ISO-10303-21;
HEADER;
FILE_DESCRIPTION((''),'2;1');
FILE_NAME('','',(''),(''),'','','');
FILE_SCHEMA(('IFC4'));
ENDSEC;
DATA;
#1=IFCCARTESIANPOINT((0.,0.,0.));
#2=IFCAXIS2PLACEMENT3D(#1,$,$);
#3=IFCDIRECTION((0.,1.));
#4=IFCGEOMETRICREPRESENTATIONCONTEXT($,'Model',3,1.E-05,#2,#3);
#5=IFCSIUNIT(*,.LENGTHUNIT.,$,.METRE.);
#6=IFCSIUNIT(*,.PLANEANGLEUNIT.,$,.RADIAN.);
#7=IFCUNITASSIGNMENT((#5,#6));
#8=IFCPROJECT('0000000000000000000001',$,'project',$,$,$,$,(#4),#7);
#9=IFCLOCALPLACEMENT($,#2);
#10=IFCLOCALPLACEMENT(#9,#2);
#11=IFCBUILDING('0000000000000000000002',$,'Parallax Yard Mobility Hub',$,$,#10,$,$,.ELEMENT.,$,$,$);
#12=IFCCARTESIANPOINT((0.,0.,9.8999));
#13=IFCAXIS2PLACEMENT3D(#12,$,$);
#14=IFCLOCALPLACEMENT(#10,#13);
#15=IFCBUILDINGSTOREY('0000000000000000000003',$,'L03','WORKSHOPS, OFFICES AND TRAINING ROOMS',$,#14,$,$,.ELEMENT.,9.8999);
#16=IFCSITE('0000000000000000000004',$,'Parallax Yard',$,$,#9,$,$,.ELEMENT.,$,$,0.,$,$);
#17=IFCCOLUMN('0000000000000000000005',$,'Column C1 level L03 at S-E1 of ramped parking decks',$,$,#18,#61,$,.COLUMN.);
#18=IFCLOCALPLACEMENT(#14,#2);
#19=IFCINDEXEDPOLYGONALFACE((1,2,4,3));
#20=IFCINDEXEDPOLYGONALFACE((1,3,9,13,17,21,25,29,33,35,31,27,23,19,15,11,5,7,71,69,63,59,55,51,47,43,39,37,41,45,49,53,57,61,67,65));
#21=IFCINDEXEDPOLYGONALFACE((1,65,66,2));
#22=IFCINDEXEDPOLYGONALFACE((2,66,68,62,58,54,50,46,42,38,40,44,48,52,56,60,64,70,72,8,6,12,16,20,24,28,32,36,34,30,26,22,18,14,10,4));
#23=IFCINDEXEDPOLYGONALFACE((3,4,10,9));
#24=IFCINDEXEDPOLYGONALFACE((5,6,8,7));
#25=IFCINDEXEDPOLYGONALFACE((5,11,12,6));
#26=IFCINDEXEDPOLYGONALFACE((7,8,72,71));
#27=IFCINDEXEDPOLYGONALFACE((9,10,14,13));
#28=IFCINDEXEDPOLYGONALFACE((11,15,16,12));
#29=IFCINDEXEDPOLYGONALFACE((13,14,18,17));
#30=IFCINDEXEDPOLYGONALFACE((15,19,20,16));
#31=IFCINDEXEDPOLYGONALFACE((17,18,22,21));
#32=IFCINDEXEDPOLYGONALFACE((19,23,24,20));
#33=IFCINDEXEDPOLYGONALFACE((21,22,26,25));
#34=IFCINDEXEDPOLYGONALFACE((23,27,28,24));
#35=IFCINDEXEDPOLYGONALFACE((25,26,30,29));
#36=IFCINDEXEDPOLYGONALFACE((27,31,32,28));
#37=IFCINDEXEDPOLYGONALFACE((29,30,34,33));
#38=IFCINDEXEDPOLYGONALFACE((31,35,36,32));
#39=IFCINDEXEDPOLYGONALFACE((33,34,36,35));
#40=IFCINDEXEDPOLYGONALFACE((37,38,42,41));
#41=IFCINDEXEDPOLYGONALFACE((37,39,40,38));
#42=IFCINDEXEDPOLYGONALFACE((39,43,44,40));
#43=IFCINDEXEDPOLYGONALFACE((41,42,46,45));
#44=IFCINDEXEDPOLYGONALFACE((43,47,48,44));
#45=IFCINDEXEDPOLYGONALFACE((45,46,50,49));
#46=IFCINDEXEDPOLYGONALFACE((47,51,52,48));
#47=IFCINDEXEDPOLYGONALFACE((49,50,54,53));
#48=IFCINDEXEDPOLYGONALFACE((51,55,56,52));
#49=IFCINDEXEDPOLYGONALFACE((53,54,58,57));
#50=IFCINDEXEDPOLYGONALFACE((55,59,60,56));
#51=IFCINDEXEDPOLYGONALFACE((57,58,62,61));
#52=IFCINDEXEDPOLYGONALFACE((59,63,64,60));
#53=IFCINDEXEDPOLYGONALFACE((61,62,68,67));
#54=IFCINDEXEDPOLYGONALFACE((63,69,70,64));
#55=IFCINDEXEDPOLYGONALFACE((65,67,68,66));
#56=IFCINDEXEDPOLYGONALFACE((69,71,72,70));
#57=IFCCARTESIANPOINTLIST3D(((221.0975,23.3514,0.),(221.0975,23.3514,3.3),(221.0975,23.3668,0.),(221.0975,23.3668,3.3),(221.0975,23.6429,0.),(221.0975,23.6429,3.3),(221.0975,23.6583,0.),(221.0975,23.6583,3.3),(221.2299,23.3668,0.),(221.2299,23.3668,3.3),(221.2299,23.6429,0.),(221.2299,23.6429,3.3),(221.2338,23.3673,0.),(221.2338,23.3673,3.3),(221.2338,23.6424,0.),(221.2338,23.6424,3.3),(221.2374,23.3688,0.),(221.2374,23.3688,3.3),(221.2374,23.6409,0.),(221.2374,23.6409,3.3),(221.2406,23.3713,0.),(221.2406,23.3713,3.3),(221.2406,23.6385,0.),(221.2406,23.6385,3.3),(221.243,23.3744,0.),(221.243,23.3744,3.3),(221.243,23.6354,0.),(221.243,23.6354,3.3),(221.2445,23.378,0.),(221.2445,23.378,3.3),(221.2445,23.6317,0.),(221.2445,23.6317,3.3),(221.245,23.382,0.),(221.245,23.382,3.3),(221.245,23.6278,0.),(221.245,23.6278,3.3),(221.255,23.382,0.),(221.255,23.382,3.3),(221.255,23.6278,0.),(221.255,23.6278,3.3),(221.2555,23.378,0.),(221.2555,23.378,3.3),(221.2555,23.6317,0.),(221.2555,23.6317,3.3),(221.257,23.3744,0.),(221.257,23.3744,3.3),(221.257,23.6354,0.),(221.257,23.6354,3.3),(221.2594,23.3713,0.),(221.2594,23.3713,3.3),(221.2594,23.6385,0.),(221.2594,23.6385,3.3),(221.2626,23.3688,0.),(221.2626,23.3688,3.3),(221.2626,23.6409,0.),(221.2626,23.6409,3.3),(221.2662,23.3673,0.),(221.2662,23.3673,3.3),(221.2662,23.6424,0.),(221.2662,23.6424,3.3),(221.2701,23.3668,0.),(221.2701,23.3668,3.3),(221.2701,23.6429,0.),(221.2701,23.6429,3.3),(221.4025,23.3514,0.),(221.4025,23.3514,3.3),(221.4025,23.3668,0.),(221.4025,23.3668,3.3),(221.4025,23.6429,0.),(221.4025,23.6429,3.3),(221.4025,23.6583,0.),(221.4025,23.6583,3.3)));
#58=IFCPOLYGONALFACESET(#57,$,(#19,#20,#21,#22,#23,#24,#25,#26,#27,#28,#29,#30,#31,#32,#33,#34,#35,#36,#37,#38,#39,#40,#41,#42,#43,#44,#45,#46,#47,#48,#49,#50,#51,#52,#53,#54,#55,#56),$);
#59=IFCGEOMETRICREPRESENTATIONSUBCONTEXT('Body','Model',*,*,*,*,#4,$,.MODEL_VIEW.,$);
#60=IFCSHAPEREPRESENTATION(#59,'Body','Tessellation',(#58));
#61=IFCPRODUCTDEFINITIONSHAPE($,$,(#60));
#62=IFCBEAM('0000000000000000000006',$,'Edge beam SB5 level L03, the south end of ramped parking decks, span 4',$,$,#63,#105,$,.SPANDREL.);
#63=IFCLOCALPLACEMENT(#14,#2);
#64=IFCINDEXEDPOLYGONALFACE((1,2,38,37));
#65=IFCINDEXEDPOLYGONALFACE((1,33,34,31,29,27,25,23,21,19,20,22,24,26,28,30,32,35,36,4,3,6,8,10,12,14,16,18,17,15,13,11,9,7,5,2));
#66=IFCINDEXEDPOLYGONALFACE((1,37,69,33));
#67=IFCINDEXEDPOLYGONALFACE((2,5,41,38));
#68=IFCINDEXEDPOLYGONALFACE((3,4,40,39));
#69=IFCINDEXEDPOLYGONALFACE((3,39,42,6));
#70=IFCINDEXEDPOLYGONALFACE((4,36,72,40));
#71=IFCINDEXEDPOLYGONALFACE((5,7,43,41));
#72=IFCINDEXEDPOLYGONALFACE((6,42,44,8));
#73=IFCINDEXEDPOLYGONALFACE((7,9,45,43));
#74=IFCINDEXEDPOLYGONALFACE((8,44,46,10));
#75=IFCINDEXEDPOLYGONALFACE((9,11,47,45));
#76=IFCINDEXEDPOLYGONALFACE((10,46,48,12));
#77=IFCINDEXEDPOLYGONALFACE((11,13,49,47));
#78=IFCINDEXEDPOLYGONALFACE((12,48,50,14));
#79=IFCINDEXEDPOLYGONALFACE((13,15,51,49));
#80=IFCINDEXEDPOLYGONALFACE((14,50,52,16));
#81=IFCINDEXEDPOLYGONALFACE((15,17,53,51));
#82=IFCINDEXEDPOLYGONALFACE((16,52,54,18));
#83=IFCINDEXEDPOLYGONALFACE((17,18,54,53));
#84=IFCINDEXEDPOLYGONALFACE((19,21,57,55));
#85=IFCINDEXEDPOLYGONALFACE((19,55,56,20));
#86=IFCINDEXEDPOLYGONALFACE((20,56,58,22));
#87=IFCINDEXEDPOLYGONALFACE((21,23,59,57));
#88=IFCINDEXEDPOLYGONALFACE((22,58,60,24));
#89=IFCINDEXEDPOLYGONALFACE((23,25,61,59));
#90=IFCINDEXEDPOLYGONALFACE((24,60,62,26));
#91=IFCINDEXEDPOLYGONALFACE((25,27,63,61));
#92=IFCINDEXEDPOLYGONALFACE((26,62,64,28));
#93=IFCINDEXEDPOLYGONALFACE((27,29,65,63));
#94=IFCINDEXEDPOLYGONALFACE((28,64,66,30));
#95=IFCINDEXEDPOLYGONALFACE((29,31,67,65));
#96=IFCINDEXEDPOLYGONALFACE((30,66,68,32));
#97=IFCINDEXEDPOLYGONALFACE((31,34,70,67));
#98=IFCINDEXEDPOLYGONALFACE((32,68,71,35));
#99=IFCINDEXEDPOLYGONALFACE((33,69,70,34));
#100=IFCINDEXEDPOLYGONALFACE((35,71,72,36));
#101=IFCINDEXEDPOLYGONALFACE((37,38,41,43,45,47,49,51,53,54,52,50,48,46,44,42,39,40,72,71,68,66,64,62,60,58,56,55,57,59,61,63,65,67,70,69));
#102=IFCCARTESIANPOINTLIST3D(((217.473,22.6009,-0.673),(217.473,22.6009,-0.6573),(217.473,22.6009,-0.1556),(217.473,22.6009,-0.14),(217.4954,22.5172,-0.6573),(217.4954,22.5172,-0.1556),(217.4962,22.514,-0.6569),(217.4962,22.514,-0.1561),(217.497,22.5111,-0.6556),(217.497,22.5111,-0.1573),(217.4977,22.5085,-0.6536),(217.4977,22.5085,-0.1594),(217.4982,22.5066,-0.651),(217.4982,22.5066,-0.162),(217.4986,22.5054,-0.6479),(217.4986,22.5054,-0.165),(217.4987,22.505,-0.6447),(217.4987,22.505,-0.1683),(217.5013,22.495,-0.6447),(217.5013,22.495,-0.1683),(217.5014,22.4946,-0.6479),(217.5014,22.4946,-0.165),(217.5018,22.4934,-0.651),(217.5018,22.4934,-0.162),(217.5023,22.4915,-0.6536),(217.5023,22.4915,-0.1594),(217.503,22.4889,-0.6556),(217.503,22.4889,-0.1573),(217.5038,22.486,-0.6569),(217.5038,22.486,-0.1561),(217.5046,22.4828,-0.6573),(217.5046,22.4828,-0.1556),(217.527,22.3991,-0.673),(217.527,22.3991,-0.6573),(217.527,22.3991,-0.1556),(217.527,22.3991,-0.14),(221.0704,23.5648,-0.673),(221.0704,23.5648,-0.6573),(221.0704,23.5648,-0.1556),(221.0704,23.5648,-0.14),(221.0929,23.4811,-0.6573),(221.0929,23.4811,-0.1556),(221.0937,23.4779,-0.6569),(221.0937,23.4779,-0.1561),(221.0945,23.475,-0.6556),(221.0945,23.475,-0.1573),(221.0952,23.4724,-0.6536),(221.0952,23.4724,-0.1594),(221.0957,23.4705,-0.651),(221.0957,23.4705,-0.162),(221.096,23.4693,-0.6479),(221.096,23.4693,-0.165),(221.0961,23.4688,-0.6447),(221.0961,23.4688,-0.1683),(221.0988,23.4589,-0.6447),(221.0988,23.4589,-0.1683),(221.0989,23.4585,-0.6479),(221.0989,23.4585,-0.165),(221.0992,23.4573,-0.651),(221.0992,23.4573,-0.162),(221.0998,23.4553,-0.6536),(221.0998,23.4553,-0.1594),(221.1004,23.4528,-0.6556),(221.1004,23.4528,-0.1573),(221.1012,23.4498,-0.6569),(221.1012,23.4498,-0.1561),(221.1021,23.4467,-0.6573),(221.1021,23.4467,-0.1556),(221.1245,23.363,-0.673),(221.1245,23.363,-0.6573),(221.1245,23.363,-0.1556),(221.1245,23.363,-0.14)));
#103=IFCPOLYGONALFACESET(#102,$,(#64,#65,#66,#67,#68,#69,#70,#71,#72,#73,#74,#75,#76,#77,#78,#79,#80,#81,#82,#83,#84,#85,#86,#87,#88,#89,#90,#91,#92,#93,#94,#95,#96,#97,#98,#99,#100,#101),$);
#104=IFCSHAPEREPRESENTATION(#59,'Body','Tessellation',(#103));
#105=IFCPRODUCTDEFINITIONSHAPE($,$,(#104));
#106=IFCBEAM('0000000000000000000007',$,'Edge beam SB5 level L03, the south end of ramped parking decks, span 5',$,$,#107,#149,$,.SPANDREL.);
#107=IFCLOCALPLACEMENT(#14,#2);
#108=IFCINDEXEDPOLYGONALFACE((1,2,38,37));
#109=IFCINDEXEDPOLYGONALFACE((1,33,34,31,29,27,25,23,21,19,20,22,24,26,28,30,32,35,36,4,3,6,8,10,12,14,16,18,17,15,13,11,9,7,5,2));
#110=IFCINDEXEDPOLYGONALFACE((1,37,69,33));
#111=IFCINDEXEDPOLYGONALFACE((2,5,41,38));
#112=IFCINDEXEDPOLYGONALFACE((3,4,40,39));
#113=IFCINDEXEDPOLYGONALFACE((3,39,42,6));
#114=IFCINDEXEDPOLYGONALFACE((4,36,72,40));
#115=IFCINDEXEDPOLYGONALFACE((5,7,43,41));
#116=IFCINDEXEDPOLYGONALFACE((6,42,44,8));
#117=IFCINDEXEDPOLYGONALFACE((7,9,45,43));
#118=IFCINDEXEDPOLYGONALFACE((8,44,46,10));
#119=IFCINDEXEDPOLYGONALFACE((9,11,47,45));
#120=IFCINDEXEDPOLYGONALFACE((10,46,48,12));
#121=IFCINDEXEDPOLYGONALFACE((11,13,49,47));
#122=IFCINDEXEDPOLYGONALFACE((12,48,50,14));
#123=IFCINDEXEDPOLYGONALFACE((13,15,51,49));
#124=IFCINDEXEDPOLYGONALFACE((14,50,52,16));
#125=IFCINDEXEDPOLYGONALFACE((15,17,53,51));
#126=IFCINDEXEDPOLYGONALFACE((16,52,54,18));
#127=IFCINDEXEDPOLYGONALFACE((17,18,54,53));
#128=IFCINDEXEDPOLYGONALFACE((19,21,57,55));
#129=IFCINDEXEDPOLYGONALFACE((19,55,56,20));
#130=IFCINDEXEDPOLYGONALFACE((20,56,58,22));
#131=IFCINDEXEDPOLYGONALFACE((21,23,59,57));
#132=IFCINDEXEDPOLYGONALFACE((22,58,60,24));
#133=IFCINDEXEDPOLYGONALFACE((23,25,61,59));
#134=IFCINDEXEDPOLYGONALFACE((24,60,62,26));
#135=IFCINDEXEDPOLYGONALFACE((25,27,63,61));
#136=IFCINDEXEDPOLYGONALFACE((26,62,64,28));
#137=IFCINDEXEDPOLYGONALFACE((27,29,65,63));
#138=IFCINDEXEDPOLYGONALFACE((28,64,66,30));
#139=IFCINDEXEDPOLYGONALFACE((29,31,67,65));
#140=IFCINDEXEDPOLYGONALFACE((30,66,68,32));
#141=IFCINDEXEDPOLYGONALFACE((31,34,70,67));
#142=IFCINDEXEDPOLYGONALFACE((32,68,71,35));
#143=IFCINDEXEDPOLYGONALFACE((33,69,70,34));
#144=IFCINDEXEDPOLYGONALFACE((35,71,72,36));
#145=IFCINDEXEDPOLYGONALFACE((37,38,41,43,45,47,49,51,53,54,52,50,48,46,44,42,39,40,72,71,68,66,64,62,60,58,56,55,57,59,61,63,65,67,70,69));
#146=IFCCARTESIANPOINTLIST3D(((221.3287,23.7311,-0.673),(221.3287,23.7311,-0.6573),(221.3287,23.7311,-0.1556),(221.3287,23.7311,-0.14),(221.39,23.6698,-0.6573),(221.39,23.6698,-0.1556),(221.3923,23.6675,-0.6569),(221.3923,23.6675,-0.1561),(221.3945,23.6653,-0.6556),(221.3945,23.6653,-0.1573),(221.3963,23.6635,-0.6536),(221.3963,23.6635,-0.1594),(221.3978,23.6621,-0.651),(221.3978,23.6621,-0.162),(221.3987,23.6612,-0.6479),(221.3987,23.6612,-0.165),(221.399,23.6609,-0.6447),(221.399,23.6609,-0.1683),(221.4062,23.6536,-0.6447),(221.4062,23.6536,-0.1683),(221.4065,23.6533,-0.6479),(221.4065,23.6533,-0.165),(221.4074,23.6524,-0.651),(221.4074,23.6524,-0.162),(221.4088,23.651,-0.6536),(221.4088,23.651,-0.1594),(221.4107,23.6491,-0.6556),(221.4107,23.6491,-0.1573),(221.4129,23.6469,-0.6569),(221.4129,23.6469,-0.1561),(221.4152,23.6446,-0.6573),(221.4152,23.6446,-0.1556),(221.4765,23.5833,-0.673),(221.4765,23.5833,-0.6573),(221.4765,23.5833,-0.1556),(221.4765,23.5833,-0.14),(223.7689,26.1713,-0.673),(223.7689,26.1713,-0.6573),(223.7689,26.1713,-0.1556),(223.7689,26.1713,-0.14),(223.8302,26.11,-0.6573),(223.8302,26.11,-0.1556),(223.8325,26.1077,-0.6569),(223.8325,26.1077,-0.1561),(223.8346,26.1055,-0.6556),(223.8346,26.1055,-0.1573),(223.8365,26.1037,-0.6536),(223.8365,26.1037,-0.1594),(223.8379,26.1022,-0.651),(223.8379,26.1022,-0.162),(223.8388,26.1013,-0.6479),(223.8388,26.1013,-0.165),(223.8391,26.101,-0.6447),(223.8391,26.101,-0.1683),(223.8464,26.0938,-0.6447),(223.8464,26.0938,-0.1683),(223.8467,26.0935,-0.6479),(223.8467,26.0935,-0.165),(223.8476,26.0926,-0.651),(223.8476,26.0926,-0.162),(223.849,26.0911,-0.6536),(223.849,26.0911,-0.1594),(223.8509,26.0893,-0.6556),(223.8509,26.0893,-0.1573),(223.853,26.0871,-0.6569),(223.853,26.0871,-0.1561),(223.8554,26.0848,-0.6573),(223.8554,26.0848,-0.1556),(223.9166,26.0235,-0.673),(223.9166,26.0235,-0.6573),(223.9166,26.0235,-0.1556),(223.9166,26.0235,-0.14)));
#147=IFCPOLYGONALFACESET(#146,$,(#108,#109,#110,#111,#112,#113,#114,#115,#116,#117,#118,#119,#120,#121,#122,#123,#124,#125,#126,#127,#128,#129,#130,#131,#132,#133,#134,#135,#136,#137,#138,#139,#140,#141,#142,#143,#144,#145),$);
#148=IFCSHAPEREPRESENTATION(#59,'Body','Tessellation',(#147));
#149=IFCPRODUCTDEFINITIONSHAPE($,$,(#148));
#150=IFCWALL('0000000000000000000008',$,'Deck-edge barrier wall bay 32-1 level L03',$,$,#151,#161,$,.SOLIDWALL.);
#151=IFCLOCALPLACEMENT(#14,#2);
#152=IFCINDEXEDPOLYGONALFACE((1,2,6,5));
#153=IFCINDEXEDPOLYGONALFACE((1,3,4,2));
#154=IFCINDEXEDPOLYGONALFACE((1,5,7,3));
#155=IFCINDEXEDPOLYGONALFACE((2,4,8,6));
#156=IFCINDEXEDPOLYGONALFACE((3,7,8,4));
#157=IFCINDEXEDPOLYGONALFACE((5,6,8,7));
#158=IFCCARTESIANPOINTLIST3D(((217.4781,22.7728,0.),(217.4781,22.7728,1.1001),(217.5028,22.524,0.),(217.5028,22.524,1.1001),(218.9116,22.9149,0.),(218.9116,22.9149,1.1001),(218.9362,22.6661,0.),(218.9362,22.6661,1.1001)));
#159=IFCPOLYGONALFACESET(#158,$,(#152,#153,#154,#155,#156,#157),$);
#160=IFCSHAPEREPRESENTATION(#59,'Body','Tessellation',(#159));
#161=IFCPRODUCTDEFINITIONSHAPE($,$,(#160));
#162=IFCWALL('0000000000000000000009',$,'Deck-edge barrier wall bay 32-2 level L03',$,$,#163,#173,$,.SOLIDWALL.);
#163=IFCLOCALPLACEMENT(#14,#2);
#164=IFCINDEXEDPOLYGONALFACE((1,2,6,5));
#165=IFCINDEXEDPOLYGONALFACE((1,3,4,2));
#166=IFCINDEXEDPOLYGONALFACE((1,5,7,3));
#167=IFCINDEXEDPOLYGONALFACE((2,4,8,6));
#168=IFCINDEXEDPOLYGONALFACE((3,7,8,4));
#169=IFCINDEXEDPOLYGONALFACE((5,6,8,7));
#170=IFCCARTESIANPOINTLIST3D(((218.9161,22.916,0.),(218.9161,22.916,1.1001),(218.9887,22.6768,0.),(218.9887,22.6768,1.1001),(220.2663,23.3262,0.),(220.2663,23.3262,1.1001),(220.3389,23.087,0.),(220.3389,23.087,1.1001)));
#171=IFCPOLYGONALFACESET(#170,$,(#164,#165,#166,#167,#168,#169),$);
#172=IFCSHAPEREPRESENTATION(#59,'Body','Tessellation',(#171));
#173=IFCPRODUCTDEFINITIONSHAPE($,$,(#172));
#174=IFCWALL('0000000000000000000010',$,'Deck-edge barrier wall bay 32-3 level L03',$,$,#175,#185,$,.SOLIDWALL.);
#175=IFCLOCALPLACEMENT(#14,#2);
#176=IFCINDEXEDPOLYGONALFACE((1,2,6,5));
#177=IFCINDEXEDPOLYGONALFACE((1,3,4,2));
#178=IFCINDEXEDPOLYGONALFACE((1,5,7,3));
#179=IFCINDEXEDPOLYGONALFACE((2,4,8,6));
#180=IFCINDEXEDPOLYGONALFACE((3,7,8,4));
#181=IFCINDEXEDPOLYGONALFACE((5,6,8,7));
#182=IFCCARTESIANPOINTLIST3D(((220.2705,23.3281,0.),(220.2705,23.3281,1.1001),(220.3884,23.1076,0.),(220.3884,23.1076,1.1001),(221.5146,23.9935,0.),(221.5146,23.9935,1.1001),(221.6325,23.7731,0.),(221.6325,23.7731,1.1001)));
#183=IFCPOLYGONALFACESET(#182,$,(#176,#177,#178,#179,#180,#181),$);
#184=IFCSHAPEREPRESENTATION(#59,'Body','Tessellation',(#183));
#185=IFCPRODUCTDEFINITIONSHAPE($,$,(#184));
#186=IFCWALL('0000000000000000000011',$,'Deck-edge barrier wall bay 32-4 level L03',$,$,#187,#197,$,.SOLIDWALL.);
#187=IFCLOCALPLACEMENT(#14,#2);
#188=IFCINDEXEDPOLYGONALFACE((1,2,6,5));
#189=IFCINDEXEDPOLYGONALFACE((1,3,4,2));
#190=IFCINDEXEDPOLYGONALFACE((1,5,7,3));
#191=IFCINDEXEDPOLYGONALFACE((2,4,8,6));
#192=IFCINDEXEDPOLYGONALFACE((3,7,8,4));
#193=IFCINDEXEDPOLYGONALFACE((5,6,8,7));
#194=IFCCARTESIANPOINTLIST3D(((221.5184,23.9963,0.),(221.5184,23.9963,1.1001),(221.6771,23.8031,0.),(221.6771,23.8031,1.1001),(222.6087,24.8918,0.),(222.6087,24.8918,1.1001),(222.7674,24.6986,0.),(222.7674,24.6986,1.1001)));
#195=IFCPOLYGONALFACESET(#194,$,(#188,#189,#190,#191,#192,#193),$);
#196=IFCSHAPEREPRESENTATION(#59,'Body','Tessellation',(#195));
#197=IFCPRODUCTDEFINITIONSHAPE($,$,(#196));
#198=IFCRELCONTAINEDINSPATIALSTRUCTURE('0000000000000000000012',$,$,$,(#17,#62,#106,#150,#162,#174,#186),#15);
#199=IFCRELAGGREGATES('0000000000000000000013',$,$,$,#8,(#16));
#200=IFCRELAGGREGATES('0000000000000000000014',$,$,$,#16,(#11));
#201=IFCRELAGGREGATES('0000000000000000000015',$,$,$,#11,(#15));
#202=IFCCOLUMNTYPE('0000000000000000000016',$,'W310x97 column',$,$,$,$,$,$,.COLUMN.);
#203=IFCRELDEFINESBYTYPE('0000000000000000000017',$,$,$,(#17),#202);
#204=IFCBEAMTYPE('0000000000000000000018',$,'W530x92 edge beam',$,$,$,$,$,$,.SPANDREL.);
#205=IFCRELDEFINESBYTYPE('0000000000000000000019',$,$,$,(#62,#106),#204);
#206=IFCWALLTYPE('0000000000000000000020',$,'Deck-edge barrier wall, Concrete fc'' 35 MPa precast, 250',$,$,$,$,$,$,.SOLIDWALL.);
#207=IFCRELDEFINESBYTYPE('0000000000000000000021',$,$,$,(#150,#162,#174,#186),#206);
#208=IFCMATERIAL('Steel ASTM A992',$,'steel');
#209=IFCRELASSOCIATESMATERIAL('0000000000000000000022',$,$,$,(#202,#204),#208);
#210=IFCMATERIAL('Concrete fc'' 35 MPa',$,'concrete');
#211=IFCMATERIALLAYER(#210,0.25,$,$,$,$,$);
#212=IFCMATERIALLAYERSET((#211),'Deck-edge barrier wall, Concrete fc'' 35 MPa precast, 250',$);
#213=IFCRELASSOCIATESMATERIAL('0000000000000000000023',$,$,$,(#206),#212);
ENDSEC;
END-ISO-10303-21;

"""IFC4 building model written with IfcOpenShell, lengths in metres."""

from ifc_helpers import new_model, si_unit, direction, frame, frame_2d, origin, origin_2d, place, context, subcontext, project, spatial, rectangle, i_section, extrude, material, layer, layer_set, material_profile, profile_set, type_object, element, save


model = new_model("IFC4")

# Units and contexts
model_context = context("Model", 3, precision=1e-05, world=origin(), true_north=direction((0.0, 1.0)))
body_context = subcontext(model_context, "Body", "Model", "MODEL_VIEW")
ifc_project = project(units=[si_unit("LENGTHUNIT", "METRE"), si_unit("PLANEANGLEUNIT", "RADIAN")], contexts=[model_context])

# Site, building, storey
site_placement = place(None, origin())
site = spatial("IfcSite", under=ifc_project, at=site_placement, Name="Parallax Yard", CompositionType="ELEMENT", RefElevation=0.0)
building_placement = place(site_placement, origin())
building = spatial("IfcBuilding", under=site, at=building_placement, Name="Parallax Yard Mobility Hub", CompositionType="ELEMENT")
storey_placement = place(building_placement, frame((0.0, 0.0, 9.8999)))
storey = spatial("IfcBuildingStorey", under=building, at=storey_placement, Name="L03", Description="WORKSHOPS, OFFICES AND TRAINING ROOMS", CompositionType="ELEMENT", Elevation=9.8999)

# Column
ifc_material_1 = material(Name="Steel ASTM A992", Category="steel")
ifc_material_profile_1 = material_profile(ifc_material_1, i_section(OverallWidth=0.3049, OverallDepth=0.3069, WebThickness=0.01, FlangeThickness=0.0154, FilletRadius=0.0151, at=origin_2d()), Name="W310x97")
ifc_profile_set_1 = profile_set([ifc_material_profile_1], Name="Steel ASTM A992")
column_type = type_object("IfcColumnType", Name="W310x97 column", PredefinedType="COLUMN", material=ifc_profile_set_1)
column_placement = place(storey_placement, frame((221.25, 23.5049, 0.0), z_axis=(0.0, 0.0, 1.0), x_axis=(1.0, 0.0, 0.0)))
element("IfcColumn", 1, at=column_placement, inside=storey, type_object=column_type, Name="Column C1 level L03 at S-E1 of ramped parking decks", PredefinedType="COLUMN", context=body_context, shape_type="SweptSolid", body=[
    extrude(i_section(OverallWidth=0.3049, OverallDepth=0.3069, WebThickness=0.01, FlangeThickness=0.0154, FilletRadius=0.0151, at=origin_2d()), origin(), (0.0, 0.0, 1.0), 3.3),
])

# Beams
ifc_material_profile_2 = material_profile(ifc_material_1, i_section(OverallWidth=0.209, OverallDepth=0.533, WebThickness=0.0103, FlangeThickness=0.0156, FilletRadius=0.0127, at=origin_2d()), Name="W530x92")
ifc_profile_set_2 = profile_set([ifc_material_profile_2], Name="Steel ASTM A992")
beam_type = type_object("IfcBeamType", Name="W530x92 edge beam", PredefinedType="SPANDREL", material=ifc_profile_set_2)
beam_1_placement = place(storey_placement, frame((217.5, 22.5, -0.4065), z_axis=(0.96593, 0.258805, 0.0), x_axis=(-0.258805, 0.96593, 0.0)))
element("IfcBeam", 2, at=beam_1_placement, inside=storey, type_object=beam_type, Name="Edge beam SB5 level L03, the south end of ramped parking decks, span 4", PredefinedType="SPANDREL", context=body_context, shape_type="SweptSolid", body=[
    extrude(i_section(OverallWidth=0.209, OverallDepth=0.533, WebThickness=0.0103, FlangeThickness=0.0156, FilletRadius=0.0127, at=origin_2d()), origin(), (0.0, 0.0, 1.0), 3.7244),
])
beam_2_placement = place(storey_placement, frame((221.4026, 23.6572, -0.4065), z_axis=(0.707107, 0.707107, 0.0), x_axis=(-0.707107, 0.707107, 0.0)))
element("IfcBeam", 3, at=beam_2_placement, inside=storey, type_object=beam_type, Name="Edge beam SB5 level L03, the south end of ramped parking decks, span 5", PredefinedType="SPANDREL", context=body_context, shape_type="SweptSolid", body=[
    extrude(i_section(OverallWidth=0.209, OverallDepth=0.533, WebThickness=0.0103, FlangeThickness=0.0156, FilletRadius=0.0127, at=origin_2d()), origin(), (0.0, 0.0, 1.0), 3.4509),
])

# Walls
ifc_material_2 = material(Name="Concrete fc' 35 MPa", Category="concrete")
ifc_layer_1 = layer(ifc_material_2, 0.25)
ifc_layer_set_1 = layer_set([ifc_layer_1], Name="Deck-edge barrier wall, Concrete fc' 35 MPa precast, 250")
wall_type = type_object("IfcWallType", Name="Deck-edge barrier wall, Concrete fc' 35 MPa precast, 250", PredefinedType="SOLIDWALL", material=ifc_layer_set_1)
wall_1_placement = place(storey_placement, frame((217.4905, 22.6484, 0.0), z_axis=(0.0, 0.0, 1.0), x_axis=(0.995122, 0.098648, 0.0)))
element("IfcWall", 4, at=wall_1_placement, inside=storey, type_object=wall_type, Name="Deck-edge barrier wall bay 32-1 level L03", PredefinedType="SOLIDWALL", context=body_context, shape_type="SweptSolid", body=[
    extrude(rectangle(XDim=1.4404, YDim=0.25, at=frame_2d((0.7202, 0.0))), origin(), (0.0, 0.0, 1.0), 1.1001),
])
wall_2_placement = place(storey_placement, frame((218.9524, 22.7964, 0.0), z_axis=(0.0, 0.0, 1.0), x_axis=(0.95682, 0.29068, 0.0)))
element("IfcWall", 5, at=wall_2_placement, inside=storey, type_object=wall_type, Name="Deck-edge barrier wall bay 32-2 level L03", PredefinedType="SOLIDWALL", context=body_context, shape_type="SweptSolid", body=[
    extrude(rectangle(XDim=1.4111, YDim=0.25, at=frame_2d((0.7056, 0.0))), origin(), (0.0, 0.0, 1.0), 1.1001),
])
for number, where, z_axis, x_axis, name in (
    (6, (220.3293, 23.2178, 0.0), (0.0, 0.0, 1.0), (0.881768, 0.471684, 0.0), "Deck-edge barrier wall bay 32-3 level L03"),
    (7, (221.5977, 23.8997, 0.0), (0.0, 0.0, 1.0), (0.772769, 0.634688, 0.0), "Deck-edge barrier wall bay 32-4 level L03"),
):
    element("IfcWall", number, at=place(storey_placement, frame(where, z_axis=z_axis, x_axis=x_axis)), inside=storey, type_object=wall_type, Name=name, PredefinedType="SOLIDWALL", context=body_context, shape_type="SweptSolid", body=[
        extrude(rectangle(XDim=1.4109, YDim=0.25, at=frame_2d((0.7056, 0.0))), origin(), (0.0, 0.0, 1.0), 1.1001),
    ])

save(model, "model.ifc")
